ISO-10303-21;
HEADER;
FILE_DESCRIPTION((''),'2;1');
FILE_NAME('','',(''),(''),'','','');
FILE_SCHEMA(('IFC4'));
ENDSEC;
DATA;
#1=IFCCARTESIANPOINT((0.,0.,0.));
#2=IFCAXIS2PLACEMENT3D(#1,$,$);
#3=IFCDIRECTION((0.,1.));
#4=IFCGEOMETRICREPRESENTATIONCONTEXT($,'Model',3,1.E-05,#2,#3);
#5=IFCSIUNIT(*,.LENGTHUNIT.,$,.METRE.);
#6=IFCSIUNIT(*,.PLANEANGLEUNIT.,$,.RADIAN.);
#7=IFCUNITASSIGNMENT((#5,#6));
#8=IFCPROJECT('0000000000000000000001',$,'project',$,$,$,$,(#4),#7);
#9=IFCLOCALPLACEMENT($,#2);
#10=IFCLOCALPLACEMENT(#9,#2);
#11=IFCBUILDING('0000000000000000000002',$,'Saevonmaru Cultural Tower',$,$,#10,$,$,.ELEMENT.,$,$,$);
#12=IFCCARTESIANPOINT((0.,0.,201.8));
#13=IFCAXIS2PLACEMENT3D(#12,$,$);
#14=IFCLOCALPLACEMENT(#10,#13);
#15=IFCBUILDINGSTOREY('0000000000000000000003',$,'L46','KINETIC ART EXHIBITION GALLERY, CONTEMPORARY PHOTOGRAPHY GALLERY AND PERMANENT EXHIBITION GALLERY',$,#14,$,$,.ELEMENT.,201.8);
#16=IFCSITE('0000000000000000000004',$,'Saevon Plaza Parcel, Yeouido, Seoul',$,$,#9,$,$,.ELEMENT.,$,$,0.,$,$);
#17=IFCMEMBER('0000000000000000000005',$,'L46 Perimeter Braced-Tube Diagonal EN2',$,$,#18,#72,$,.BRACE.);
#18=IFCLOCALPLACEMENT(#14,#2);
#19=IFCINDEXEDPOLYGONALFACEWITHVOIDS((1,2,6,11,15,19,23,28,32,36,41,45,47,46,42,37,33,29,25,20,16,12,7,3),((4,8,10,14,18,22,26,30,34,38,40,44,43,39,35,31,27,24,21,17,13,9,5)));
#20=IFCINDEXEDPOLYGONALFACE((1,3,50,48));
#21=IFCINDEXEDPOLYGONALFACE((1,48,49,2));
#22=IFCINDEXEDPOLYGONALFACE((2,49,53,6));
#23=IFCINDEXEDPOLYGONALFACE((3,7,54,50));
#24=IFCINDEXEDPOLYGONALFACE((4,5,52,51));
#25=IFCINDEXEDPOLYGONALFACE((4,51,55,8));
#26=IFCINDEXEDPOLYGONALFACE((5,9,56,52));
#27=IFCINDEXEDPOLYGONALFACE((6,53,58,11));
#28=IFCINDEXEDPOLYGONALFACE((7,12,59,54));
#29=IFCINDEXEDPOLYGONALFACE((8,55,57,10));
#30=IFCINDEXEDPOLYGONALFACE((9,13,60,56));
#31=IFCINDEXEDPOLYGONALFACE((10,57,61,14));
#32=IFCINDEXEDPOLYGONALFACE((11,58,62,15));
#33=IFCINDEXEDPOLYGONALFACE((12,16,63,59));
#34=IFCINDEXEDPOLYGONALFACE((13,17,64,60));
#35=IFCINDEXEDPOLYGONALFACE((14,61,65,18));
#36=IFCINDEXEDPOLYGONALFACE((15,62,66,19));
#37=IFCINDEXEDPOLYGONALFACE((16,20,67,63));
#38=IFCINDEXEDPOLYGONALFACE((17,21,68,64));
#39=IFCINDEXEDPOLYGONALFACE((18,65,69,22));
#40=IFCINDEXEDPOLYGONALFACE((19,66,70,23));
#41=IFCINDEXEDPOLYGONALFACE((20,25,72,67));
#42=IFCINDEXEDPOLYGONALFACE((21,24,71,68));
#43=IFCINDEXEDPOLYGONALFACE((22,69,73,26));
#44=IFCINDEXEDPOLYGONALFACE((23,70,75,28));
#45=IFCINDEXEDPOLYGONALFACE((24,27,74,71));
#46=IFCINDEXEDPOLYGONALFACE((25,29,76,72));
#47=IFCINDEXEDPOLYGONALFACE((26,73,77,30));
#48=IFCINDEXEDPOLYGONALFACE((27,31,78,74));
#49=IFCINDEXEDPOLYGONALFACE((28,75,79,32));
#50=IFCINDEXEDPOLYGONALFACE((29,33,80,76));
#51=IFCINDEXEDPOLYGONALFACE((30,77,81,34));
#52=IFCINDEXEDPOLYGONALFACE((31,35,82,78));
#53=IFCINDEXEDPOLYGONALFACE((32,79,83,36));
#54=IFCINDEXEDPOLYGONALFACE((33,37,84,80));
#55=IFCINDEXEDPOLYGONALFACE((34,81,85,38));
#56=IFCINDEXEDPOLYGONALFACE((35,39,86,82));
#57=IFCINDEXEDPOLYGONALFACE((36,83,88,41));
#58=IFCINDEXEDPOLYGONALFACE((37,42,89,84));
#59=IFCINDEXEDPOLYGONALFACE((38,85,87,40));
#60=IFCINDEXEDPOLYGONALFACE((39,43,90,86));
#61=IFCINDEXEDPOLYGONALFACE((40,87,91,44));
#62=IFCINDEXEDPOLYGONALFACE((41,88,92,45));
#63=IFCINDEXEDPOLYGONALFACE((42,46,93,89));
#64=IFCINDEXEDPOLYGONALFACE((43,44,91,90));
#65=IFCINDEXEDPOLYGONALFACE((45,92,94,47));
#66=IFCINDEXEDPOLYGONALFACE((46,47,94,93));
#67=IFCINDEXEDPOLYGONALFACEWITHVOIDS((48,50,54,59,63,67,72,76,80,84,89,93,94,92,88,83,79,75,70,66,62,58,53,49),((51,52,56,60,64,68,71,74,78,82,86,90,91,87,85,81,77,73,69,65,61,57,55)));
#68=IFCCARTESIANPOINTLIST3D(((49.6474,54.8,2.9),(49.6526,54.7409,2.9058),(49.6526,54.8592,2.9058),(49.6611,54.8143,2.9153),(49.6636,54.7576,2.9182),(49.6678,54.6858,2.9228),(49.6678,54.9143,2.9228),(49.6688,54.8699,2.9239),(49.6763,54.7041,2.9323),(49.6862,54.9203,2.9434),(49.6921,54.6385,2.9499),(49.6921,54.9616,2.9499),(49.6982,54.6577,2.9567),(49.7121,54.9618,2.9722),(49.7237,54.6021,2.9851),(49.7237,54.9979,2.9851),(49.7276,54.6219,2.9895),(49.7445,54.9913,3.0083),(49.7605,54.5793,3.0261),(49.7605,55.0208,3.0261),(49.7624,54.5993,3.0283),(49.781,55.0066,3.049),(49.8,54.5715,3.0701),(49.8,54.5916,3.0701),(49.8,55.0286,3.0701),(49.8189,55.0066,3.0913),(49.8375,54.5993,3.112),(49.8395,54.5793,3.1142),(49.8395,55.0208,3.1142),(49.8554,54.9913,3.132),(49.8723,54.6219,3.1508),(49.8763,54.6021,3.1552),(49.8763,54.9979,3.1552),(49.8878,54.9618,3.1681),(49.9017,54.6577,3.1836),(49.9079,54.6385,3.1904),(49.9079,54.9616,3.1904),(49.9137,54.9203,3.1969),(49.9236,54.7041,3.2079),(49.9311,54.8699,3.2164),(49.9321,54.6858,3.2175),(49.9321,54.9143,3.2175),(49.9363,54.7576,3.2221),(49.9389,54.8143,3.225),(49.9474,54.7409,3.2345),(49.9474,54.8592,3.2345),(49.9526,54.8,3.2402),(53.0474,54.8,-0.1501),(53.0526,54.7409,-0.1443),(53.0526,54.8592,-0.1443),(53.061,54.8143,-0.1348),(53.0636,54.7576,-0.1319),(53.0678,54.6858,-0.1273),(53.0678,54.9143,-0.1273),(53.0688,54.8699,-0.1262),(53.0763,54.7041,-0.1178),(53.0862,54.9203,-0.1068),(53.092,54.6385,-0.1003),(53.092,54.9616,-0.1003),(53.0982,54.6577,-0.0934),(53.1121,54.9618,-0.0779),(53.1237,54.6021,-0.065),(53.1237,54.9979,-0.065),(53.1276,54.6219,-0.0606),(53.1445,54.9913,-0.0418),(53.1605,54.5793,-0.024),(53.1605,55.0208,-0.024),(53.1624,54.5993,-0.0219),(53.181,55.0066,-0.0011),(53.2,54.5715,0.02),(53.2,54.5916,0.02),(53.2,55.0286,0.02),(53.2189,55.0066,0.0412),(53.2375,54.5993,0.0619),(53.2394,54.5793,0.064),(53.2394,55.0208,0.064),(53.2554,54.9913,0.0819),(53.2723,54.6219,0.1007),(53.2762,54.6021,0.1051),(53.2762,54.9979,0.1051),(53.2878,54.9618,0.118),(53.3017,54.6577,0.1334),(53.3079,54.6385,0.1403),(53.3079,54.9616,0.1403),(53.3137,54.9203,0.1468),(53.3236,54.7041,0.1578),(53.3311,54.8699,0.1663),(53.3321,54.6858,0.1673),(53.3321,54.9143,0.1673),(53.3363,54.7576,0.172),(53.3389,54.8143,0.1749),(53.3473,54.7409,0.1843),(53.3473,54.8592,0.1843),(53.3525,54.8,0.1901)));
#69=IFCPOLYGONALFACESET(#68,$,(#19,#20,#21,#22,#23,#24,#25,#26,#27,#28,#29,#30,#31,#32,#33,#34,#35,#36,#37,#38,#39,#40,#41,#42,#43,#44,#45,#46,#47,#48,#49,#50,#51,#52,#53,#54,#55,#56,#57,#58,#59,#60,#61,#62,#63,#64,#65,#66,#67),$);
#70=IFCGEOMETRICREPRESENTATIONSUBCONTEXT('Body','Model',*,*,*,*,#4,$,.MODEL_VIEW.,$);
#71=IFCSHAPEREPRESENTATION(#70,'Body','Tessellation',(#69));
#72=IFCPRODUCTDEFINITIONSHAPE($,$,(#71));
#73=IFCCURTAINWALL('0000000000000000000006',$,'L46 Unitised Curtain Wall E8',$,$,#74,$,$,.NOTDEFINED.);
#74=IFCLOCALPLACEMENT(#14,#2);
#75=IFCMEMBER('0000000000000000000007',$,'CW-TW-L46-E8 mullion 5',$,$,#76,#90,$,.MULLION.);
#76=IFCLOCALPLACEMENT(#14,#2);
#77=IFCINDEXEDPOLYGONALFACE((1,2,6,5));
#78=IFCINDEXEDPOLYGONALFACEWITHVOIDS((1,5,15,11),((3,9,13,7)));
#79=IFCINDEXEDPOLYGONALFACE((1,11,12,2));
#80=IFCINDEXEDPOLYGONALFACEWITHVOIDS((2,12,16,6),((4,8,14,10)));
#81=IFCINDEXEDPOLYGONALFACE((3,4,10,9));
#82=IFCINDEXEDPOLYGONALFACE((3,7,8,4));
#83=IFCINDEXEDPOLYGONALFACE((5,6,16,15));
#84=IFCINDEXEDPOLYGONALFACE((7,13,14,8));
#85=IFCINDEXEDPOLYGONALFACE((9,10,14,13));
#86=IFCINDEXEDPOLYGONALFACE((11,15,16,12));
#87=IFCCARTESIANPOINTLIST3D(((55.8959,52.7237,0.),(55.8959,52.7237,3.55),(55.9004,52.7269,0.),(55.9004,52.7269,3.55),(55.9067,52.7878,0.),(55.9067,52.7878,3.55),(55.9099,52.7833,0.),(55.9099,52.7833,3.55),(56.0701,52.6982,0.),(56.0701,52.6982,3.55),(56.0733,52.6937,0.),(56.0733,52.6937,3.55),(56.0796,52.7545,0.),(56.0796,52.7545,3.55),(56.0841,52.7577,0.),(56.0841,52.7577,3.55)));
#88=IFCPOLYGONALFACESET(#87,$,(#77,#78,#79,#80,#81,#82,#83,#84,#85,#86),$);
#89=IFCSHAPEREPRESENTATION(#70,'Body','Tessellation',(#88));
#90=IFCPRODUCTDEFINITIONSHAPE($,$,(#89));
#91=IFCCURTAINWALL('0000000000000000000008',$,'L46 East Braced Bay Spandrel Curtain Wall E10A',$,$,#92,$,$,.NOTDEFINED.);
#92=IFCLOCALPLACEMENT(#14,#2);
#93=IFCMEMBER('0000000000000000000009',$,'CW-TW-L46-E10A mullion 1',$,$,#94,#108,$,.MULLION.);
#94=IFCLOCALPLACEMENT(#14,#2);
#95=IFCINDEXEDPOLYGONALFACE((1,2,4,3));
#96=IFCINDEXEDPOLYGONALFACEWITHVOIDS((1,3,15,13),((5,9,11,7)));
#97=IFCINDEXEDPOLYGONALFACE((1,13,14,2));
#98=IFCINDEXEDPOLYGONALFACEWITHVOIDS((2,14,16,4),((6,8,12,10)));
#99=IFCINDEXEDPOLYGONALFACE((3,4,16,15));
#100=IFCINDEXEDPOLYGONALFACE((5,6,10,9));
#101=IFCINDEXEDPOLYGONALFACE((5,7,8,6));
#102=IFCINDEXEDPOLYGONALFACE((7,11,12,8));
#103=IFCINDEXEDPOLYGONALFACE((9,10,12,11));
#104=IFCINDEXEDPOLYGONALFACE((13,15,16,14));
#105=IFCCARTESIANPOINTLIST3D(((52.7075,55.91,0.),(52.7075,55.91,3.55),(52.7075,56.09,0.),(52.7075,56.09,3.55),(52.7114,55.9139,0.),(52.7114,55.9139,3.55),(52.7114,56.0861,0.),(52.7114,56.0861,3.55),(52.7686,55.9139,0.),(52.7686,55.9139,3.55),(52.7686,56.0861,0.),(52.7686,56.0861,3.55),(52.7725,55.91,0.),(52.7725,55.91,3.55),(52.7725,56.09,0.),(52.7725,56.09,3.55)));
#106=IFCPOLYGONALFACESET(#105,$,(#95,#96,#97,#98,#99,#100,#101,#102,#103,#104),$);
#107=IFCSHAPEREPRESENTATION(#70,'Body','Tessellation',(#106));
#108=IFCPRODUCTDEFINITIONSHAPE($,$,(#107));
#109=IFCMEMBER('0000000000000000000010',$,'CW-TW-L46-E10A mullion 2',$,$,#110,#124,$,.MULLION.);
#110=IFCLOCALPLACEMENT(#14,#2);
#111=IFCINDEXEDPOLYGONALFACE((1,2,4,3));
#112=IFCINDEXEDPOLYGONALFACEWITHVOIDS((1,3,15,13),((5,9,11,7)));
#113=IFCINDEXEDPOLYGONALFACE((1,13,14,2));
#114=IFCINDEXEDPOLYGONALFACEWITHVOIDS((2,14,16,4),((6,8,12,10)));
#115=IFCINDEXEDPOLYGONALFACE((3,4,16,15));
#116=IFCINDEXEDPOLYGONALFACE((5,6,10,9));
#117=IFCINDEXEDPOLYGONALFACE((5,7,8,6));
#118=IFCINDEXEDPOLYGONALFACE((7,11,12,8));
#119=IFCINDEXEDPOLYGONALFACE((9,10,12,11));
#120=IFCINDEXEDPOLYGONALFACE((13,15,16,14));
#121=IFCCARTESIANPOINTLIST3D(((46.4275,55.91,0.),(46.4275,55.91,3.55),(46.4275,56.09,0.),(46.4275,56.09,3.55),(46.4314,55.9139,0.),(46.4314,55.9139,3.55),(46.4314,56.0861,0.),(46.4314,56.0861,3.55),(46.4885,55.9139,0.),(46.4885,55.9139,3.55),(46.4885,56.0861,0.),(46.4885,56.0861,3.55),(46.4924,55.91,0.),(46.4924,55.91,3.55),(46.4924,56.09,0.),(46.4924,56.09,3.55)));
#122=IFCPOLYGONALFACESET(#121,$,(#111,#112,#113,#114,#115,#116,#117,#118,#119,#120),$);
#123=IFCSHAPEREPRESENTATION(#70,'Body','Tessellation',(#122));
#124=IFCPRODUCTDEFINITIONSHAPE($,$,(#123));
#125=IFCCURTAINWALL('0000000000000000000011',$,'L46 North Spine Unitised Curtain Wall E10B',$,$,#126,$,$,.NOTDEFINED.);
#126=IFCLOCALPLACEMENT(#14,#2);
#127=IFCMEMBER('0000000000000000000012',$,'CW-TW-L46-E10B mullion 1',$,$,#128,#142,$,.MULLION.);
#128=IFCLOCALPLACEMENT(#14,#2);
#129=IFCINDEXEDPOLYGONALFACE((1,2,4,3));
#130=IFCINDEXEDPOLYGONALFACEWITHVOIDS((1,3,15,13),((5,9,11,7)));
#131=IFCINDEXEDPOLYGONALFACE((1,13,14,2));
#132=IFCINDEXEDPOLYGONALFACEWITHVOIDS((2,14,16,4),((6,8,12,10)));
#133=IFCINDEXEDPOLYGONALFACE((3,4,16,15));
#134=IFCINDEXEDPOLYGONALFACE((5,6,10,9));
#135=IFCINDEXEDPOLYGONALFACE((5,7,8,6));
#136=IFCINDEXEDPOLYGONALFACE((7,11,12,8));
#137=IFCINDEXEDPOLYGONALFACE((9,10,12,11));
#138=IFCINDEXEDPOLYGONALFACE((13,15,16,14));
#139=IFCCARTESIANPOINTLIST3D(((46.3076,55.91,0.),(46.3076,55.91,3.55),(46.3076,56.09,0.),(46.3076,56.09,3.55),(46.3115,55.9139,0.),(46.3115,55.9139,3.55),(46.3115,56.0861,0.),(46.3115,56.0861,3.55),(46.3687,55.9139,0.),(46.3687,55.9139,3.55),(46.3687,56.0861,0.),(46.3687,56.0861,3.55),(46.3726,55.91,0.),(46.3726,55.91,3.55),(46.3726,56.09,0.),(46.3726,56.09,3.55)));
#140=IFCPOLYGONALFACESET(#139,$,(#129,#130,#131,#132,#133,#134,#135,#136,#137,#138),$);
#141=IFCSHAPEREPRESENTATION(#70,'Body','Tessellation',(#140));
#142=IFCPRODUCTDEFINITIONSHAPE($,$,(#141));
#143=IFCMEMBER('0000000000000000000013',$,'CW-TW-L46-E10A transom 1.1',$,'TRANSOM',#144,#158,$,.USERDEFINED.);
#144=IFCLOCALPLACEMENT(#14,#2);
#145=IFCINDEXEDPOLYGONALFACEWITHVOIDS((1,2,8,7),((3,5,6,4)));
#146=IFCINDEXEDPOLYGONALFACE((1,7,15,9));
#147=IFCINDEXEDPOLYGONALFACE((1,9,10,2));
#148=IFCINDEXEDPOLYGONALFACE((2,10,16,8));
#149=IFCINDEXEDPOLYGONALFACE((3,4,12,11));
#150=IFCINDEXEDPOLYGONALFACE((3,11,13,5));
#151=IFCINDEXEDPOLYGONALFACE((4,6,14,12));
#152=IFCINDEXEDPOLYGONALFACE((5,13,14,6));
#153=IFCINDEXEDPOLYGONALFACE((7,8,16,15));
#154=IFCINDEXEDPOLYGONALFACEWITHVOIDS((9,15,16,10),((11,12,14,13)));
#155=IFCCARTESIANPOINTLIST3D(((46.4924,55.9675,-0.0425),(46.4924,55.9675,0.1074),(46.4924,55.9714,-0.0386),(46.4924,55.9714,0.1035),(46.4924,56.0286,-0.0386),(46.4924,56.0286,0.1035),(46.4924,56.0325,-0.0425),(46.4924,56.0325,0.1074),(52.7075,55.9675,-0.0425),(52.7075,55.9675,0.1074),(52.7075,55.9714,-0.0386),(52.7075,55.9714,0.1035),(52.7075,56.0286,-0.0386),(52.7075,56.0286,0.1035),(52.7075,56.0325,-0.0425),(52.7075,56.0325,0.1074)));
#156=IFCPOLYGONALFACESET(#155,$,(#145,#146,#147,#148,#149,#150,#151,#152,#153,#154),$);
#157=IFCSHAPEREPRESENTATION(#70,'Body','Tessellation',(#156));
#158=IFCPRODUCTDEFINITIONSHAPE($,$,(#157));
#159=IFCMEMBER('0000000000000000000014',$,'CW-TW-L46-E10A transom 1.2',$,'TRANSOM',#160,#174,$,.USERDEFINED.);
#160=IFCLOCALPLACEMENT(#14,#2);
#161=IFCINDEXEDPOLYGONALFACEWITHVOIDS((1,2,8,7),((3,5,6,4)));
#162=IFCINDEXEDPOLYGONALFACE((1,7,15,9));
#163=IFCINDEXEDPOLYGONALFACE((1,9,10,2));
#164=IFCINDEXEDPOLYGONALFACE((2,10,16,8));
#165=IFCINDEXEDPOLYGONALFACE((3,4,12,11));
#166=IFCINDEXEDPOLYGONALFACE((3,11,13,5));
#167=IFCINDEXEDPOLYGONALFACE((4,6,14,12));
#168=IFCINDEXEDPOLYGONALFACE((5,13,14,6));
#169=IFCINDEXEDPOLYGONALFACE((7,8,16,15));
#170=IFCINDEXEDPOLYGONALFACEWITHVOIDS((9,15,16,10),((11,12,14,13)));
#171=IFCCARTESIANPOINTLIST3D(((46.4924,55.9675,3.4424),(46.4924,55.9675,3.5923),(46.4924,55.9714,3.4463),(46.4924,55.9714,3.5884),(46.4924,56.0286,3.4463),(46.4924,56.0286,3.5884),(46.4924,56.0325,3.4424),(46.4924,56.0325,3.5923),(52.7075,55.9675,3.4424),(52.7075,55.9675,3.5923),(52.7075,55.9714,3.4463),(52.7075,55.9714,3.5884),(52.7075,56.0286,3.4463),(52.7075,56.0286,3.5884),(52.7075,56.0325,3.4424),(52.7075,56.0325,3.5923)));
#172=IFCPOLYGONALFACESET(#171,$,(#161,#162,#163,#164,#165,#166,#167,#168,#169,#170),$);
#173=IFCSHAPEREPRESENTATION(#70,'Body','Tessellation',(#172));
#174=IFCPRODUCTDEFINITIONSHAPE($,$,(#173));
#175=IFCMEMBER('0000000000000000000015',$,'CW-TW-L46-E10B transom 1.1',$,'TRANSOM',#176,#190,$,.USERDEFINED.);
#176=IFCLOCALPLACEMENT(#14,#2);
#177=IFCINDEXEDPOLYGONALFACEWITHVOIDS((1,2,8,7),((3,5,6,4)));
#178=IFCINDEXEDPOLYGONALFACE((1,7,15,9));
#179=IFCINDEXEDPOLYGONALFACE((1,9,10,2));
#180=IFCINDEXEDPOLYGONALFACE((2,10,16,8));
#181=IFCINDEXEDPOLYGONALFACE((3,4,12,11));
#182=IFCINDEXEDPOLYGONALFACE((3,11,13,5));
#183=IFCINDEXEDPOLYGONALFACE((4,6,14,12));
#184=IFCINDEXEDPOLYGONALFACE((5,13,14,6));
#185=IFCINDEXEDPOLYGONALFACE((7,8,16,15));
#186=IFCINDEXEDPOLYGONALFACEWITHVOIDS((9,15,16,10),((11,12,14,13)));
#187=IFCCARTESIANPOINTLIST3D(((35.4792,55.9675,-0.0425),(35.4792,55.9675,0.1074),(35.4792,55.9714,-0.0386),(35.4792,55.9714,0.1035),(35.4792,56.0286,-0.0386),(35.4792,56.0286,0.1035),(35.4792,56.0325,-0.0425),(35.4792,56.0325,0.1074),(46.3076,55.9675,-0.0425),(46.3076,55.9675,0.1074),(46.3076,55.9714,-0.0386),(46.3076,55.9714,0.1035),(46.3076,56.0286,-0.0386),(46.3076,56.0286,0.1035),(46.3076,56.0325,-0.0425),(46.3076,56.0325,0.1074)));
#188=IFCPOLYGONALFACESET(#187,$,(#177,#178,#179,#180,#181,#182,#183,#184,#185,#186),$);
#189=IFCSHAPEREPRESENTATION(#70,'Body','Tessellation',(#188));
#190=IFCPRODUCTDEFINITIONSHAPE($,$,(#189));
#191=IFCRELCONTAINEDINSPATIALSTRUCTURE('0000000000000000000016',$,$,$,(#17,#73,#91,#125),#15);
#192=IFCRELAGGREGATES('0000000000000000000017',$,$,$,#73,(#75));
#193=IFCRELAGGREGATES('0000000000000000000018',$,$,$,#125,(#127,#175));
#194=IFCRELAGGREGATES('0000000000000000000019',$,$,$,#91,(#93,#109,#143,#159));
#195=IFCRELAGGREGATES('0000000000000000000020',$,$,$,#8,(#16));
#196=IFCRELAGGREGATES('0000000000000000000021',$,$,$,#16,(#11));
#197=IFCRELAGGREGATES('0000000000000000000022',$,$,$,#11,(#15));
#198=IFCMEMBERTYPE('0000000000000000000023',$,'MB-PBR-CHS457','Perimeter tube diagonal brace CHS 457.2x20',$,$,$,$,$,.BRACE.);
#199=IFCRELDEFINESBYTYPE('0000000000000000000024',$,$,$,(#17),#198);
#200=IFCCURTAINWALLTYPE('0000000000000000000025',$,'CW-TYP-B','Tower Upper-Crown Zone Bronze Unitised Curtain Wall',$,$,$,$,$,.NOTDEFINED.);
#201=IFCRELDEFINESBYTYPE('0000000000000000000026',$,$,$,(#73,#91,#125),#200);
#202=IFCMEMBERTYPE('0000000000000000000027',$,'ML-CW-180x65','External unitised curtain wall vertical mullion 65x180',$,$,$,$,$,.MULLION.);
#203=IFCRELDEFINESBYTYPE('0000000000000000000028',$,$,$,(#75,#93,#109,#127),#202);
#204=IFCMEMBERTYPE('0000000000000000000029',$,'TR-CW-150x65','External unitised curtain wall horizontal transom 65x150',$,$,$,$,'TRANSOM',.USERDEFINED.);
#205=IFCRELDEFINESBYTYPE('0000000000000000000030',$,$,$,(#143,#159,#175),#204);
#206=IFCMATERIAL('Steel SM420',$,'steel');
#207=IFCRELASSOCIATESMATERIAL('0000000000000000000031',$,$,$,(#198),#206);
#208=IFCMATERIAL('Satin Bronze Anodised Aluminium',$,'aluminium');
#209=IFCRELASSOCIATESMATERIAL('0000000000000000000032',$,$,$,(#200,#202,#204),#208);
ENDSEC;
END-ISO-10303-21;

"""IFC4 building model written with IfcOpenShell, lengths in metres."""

from ifc_helpers import new_model, si_unit, direction, frame, origin, origin_2d, place, context, subcontext, project, spatial, hollow_rectangle, hollow_circle, extrude, material, material_profile, profile_set, type_object, element, aggregate, save


model = new_model("IFC4")

# Units and contexts
model_context = context("Model", 3, precision=1e-05, world=origin(), true_north=direction((0.0, 1.0)))
body_context = subcontext(model_context, "Body", "Model", "MODEL_VIEW")
ifc_project = project(units=[si_unit("LENGTHUNIT", "METRE"), si_unit("PLANEANGLEUNIT", "RADIAN")], contexts=[model_context])

# Site, building, storey
site_placement = place(None, origin())
site = spatial("IfcSite", under=ifc_project, at=site_placement, Name="Saevon Plaza Parcel, Yeouido, Seoul", CompositionType="ELEMENT", RefElevation=0.0)
building_placement = place(site_placement, origin())
building = spatial("IfcBuilding", under=site, at=building_placement, Name="Saevonmaru Cultural Tower", CompositionType="ELEMENT")
storey_placement = place(building_placement, frame((0.0, 0.0, 201.8)))
storey = spatial("IfcBuildingStorey", under=building, at=storey_placement, Name="L46", Description="KINETIC ART EXHIBITION GALLERY, CONTEMPORARY PHOTOGRAPHY GALLERY AND PERMANENT EXHIBITION GALLERY", CompositionType="ELEMENT", Elevation=201.8)

# Shared definitions
ifc_material_1 = material(Name="Steel SM420", Category="steel")

# Member
ifc_material_profile_1 = material_profile(ifc_material_1, hollow_circle(Radius=0.2285, WallThickness=0.02, at=origin_2d()), Name="CHS-457.2x20")
ifc_profile_set_1 = profile_set([ifc_material_profile_1], Name="Steel SM420")
member_type_1 = type_object("IfcMemberType", Name="MB-PBR-CHS457", Description="Perimeter tube diagonal brace CHS 457.2x20", PredefinedType="BRACE", material=ifc_profile_set_1)
for number, where, z_axis, x_axis, name in (
    (1, (53.2, 54.8, 0.02), (-0.744367, 0.0, 0.667771), (0.0, -1.0, 0.0), "L46 Perimeter Braced-Tube Diagonal EN2"),
):
    element("IfcMember", number, at=place(storey_placement, frame(where, z_axis=z_axis, x_axis=x_axis)), inside=storey, type_object=member_type_1, Name=name, PredefinedType="BRACE", context=body_context, shape_type="SweptSolid", body=[
        extrude(hollow_circle(Radius=0.2285, WallThickness=0.02, at=origin_2d()), origin(), (0.0, 0.0, 1.0), 4.5676),
    ])

# Curtain wall, member
ifc_material_2 = material(Name="Satin Bronze Anodised Aluminium", Category="aluminium")
curtain_wall_type = type_object("IfcCurtainWallType", Name="CW-TYP-B", Description="Tower Upper-Crown Zone Bronze Unitised Curtain Wall", PredefinedType="NOTDEFINED", material=ifc_material_2)
curtain_wall_1_placement = place(storey_placement, origin())
curtain_wall_1 = element("IfcCurtainWall", 2, at=curtain_wall_1_placement, inside=storey, type_object=curtain_wall_type, Name="L46 Unitised Curtain Wall E8", PredefinedType="NOTDEFINED")
ifc_material_profile_2 = material_profile(ifc_material_2, hollow_rectangle(XDim=0.0649, YDim=0.1799, WallThickness=0.0039, at=origin_2d()), Name="ALU-MULL-180x65x4")
ifc_profile_set_2 = profile_set([ifc_material_profile_2], Name="Satin Bronze Anodised Aluminium")
member_type_2 = type_object("IfcMemberType", Name="ML-CW-180x65", Description="External unitised curtain wall vertical mullion 65x180", PredefinedType="MULLION", material=ifc_profile_set_2)
member_1_placement = place(storey_placement, frame((55.99, 52.7407, 0.0), z_axis=(0.0, 0.0, 1.0), x_axis=(0.166922, 0.98597, 0.0)))
member_1 = element("IfcMember", 3, at=member_1_placement, type_object=member_type_2, Name="CW-TW-L46-E8 mullion 5", PredefinedType="MULLION", context=body_context, shape_type="SweptSolid", body=[
    extrude(hollow_rectangle(XDim=0.0649, YDim=0.1799, WallThickness=0.0039, at=origin_2d()), origin(), (0.0, 0.0, 1.0), 3.55),
])
aggregate(curtain_wall_1, [member_1])

# Curtain wall, members
curtain_wall_2_placement = place(storey_placement, origin())
curtain_wall_2 = element("IfcCurtainWall", 4, at=curtain_wall_2_placement, inside=storey, type_object=curtain_wall_type, Name="L46 East Braced Bay Spandrel Curtain Wall E10A", PredefinedType="NOTDEFINED")
member_2_placement = place(storey_placement, frame((52.74, 56.0, 0.0), z_axis=(0.0, 0.0, 1.0), x_axis=(-1.0, 0.0, 0.0)))
member_2 = element("IfcMember", 5, at=member_2_placement, type_object=member_type_2, Name="CW-TW-L46-E10A mullion 1", PredefinedType="MULLION", context=body_context, shape_type="SweptSolid", body=[
    extrude(hollow_rectangle(XDim=0.0649, YDim=0.1799, WallThickness=0.0039, at=origin_2d()), origin(), (0.0, 0.0, 1.0), 3.55),
])
member_3_placement = place(storey_placement, frame((46.46, 56.0, 0.0), z_axis=(0.0, 0.0, 1.0), x_axis=(-1.0, 0.0, 0.0)))
member_3 = element("IfcMember", 6, at=member_3_placement, type_object=member_type_2, Name="CW-TW-L46-E10A mullion 2", PredefinedType="MULLION", context=body_context, shape_type="SweptSolid", body=[
    extrude(hollow_rectangle(XDim=0.0649, YDim=0.1799, WallThickness=0.0039, at=origin_2d()), origin(), (0.0, 0.0, 1.0), 3.55),
])

# Curtain wall, member
curtain_wall_3_placement = place(storey_placement, origin())
curtain_wall_3 = element("IfcCurtainWall", 7, at=curtain_wall_3_placement, inside=storey, type_object=curtain_wall_type, Name="L46 North Spine Unitised Curtain Wall E10B", PredefinedType="NOTDEFINED")
member_4_placement = place(storey_placement, frame((46.3401, 56.0, 0.0), z_axis=(0.0, 0.0, 1.0), x_axis=(-1.0, 0.0, 0.0)))
member_4 = element("IfcMember", 8, at=member_4_placement, type_object=member_type_2, Name="CW-TW-L46-E10B mullion 1", PredefinedType="MULLION", context=body_context, shape_type="SweptSolid", body=[
    extrude(hollow_rectangle(XDim=0.0649, YDim=0.1799, WallThickness=0.0039, at=origin_2d()), origin(), (0.0, 0.0, 1.0), 3.55),
])

# Members
ifc_material_profile_3 = material_profile(ifc_material_2, hollow_rectangle(XDim=0.0649, YDim=0.1499, WallThickness=0.0039, at=origin_2d()), Name="ALU-TRAN-150x65x4")
ifc_profile_set_3 = profile_set([ifc_material_profile_3], Name="Satin Bronze Anodised Aluminium")
member_type_3 = type_object("IfcMemberType", Name="TR-CW-150x65", Description="External unitised curtain wall horizontal transom 65x150", ElementType="TRANSOM", PredefinedType="USERDEFINED", material=ifc_profile_set_3)
member_5_placement = place(storey_placement, frame((52.7075, 56.0, 0.0325), z_axis=(-1.0, 0.0, 0.0), x_axis=(0.0, -1.0, 0.0)))
member_5 = element("IfcMember", 9, at=member_5_placement, type_object=member_type_3, Name="CW-TW-L46-E10A transom 1.1", ObjectType="TRANSOM", PredefinedType="USERDEFINED", context=body_context, shape_type="SweptSolid", body=[
    extrude(hollow_rectangle(XDim=0.0649, YDim=0.1499, WallThickness=0.0039, at=origin_2d()), origin(), (0.0, 0.0, 1.0), 6.2151),
])
member_6_placement = place(storey_placement, frame((52.7075, 56.0, 3.5173), z_axis=(-1.0, 0.0, 0.0), x_axis=(0.0, -1.0, 0.0)))
member_6 = element("IfcMember", 10, at=member_6_placement, type_object=member_type_3, Name="CW-TW-L46-E10A transom 1.2", ObjectType="TRANSOM", PredefinedType="USERDEFINED", context=body_context, shape_type="SweptSolid", body=[
    extrude(hollow_rectangle(XDim=0.0649, YDim=0.1499, WallThickness=0.0039, at=origin_2d()), origin(), (0.0, 0.0, 1.0), 6.2151),
])
member_7_placement = place(storey_placement, frame((46.3076, 56.0, 0.0325), z_axis=(-1.0, 0.0, 0.0), x_axis=(0.0, -1.0, 0.0)))
member_7 = element("IfcMember", 11, at=member_7_placement, type_object=member_type_3, Name="CW-TW-L46-E10B transom 1.1", ObjectType="TRANSOM", PredefinedType="USERDEFINED", context=body_context, shape_type="SweptSolid", body=[
    extrude(hollow_rectangle(XDim=0.0649, YDim=0.1499, WallThickness=0.0039, at=origin_2d()), origin(), (0.0, 0.0, 1.0), 10.8284),
])
aggregate(curtain_wall_3, [member_4, member_7])

aggregate(curtain_wall_2, [member_2, member_3, member_5, member_6])

save(model, "model.ifc")
